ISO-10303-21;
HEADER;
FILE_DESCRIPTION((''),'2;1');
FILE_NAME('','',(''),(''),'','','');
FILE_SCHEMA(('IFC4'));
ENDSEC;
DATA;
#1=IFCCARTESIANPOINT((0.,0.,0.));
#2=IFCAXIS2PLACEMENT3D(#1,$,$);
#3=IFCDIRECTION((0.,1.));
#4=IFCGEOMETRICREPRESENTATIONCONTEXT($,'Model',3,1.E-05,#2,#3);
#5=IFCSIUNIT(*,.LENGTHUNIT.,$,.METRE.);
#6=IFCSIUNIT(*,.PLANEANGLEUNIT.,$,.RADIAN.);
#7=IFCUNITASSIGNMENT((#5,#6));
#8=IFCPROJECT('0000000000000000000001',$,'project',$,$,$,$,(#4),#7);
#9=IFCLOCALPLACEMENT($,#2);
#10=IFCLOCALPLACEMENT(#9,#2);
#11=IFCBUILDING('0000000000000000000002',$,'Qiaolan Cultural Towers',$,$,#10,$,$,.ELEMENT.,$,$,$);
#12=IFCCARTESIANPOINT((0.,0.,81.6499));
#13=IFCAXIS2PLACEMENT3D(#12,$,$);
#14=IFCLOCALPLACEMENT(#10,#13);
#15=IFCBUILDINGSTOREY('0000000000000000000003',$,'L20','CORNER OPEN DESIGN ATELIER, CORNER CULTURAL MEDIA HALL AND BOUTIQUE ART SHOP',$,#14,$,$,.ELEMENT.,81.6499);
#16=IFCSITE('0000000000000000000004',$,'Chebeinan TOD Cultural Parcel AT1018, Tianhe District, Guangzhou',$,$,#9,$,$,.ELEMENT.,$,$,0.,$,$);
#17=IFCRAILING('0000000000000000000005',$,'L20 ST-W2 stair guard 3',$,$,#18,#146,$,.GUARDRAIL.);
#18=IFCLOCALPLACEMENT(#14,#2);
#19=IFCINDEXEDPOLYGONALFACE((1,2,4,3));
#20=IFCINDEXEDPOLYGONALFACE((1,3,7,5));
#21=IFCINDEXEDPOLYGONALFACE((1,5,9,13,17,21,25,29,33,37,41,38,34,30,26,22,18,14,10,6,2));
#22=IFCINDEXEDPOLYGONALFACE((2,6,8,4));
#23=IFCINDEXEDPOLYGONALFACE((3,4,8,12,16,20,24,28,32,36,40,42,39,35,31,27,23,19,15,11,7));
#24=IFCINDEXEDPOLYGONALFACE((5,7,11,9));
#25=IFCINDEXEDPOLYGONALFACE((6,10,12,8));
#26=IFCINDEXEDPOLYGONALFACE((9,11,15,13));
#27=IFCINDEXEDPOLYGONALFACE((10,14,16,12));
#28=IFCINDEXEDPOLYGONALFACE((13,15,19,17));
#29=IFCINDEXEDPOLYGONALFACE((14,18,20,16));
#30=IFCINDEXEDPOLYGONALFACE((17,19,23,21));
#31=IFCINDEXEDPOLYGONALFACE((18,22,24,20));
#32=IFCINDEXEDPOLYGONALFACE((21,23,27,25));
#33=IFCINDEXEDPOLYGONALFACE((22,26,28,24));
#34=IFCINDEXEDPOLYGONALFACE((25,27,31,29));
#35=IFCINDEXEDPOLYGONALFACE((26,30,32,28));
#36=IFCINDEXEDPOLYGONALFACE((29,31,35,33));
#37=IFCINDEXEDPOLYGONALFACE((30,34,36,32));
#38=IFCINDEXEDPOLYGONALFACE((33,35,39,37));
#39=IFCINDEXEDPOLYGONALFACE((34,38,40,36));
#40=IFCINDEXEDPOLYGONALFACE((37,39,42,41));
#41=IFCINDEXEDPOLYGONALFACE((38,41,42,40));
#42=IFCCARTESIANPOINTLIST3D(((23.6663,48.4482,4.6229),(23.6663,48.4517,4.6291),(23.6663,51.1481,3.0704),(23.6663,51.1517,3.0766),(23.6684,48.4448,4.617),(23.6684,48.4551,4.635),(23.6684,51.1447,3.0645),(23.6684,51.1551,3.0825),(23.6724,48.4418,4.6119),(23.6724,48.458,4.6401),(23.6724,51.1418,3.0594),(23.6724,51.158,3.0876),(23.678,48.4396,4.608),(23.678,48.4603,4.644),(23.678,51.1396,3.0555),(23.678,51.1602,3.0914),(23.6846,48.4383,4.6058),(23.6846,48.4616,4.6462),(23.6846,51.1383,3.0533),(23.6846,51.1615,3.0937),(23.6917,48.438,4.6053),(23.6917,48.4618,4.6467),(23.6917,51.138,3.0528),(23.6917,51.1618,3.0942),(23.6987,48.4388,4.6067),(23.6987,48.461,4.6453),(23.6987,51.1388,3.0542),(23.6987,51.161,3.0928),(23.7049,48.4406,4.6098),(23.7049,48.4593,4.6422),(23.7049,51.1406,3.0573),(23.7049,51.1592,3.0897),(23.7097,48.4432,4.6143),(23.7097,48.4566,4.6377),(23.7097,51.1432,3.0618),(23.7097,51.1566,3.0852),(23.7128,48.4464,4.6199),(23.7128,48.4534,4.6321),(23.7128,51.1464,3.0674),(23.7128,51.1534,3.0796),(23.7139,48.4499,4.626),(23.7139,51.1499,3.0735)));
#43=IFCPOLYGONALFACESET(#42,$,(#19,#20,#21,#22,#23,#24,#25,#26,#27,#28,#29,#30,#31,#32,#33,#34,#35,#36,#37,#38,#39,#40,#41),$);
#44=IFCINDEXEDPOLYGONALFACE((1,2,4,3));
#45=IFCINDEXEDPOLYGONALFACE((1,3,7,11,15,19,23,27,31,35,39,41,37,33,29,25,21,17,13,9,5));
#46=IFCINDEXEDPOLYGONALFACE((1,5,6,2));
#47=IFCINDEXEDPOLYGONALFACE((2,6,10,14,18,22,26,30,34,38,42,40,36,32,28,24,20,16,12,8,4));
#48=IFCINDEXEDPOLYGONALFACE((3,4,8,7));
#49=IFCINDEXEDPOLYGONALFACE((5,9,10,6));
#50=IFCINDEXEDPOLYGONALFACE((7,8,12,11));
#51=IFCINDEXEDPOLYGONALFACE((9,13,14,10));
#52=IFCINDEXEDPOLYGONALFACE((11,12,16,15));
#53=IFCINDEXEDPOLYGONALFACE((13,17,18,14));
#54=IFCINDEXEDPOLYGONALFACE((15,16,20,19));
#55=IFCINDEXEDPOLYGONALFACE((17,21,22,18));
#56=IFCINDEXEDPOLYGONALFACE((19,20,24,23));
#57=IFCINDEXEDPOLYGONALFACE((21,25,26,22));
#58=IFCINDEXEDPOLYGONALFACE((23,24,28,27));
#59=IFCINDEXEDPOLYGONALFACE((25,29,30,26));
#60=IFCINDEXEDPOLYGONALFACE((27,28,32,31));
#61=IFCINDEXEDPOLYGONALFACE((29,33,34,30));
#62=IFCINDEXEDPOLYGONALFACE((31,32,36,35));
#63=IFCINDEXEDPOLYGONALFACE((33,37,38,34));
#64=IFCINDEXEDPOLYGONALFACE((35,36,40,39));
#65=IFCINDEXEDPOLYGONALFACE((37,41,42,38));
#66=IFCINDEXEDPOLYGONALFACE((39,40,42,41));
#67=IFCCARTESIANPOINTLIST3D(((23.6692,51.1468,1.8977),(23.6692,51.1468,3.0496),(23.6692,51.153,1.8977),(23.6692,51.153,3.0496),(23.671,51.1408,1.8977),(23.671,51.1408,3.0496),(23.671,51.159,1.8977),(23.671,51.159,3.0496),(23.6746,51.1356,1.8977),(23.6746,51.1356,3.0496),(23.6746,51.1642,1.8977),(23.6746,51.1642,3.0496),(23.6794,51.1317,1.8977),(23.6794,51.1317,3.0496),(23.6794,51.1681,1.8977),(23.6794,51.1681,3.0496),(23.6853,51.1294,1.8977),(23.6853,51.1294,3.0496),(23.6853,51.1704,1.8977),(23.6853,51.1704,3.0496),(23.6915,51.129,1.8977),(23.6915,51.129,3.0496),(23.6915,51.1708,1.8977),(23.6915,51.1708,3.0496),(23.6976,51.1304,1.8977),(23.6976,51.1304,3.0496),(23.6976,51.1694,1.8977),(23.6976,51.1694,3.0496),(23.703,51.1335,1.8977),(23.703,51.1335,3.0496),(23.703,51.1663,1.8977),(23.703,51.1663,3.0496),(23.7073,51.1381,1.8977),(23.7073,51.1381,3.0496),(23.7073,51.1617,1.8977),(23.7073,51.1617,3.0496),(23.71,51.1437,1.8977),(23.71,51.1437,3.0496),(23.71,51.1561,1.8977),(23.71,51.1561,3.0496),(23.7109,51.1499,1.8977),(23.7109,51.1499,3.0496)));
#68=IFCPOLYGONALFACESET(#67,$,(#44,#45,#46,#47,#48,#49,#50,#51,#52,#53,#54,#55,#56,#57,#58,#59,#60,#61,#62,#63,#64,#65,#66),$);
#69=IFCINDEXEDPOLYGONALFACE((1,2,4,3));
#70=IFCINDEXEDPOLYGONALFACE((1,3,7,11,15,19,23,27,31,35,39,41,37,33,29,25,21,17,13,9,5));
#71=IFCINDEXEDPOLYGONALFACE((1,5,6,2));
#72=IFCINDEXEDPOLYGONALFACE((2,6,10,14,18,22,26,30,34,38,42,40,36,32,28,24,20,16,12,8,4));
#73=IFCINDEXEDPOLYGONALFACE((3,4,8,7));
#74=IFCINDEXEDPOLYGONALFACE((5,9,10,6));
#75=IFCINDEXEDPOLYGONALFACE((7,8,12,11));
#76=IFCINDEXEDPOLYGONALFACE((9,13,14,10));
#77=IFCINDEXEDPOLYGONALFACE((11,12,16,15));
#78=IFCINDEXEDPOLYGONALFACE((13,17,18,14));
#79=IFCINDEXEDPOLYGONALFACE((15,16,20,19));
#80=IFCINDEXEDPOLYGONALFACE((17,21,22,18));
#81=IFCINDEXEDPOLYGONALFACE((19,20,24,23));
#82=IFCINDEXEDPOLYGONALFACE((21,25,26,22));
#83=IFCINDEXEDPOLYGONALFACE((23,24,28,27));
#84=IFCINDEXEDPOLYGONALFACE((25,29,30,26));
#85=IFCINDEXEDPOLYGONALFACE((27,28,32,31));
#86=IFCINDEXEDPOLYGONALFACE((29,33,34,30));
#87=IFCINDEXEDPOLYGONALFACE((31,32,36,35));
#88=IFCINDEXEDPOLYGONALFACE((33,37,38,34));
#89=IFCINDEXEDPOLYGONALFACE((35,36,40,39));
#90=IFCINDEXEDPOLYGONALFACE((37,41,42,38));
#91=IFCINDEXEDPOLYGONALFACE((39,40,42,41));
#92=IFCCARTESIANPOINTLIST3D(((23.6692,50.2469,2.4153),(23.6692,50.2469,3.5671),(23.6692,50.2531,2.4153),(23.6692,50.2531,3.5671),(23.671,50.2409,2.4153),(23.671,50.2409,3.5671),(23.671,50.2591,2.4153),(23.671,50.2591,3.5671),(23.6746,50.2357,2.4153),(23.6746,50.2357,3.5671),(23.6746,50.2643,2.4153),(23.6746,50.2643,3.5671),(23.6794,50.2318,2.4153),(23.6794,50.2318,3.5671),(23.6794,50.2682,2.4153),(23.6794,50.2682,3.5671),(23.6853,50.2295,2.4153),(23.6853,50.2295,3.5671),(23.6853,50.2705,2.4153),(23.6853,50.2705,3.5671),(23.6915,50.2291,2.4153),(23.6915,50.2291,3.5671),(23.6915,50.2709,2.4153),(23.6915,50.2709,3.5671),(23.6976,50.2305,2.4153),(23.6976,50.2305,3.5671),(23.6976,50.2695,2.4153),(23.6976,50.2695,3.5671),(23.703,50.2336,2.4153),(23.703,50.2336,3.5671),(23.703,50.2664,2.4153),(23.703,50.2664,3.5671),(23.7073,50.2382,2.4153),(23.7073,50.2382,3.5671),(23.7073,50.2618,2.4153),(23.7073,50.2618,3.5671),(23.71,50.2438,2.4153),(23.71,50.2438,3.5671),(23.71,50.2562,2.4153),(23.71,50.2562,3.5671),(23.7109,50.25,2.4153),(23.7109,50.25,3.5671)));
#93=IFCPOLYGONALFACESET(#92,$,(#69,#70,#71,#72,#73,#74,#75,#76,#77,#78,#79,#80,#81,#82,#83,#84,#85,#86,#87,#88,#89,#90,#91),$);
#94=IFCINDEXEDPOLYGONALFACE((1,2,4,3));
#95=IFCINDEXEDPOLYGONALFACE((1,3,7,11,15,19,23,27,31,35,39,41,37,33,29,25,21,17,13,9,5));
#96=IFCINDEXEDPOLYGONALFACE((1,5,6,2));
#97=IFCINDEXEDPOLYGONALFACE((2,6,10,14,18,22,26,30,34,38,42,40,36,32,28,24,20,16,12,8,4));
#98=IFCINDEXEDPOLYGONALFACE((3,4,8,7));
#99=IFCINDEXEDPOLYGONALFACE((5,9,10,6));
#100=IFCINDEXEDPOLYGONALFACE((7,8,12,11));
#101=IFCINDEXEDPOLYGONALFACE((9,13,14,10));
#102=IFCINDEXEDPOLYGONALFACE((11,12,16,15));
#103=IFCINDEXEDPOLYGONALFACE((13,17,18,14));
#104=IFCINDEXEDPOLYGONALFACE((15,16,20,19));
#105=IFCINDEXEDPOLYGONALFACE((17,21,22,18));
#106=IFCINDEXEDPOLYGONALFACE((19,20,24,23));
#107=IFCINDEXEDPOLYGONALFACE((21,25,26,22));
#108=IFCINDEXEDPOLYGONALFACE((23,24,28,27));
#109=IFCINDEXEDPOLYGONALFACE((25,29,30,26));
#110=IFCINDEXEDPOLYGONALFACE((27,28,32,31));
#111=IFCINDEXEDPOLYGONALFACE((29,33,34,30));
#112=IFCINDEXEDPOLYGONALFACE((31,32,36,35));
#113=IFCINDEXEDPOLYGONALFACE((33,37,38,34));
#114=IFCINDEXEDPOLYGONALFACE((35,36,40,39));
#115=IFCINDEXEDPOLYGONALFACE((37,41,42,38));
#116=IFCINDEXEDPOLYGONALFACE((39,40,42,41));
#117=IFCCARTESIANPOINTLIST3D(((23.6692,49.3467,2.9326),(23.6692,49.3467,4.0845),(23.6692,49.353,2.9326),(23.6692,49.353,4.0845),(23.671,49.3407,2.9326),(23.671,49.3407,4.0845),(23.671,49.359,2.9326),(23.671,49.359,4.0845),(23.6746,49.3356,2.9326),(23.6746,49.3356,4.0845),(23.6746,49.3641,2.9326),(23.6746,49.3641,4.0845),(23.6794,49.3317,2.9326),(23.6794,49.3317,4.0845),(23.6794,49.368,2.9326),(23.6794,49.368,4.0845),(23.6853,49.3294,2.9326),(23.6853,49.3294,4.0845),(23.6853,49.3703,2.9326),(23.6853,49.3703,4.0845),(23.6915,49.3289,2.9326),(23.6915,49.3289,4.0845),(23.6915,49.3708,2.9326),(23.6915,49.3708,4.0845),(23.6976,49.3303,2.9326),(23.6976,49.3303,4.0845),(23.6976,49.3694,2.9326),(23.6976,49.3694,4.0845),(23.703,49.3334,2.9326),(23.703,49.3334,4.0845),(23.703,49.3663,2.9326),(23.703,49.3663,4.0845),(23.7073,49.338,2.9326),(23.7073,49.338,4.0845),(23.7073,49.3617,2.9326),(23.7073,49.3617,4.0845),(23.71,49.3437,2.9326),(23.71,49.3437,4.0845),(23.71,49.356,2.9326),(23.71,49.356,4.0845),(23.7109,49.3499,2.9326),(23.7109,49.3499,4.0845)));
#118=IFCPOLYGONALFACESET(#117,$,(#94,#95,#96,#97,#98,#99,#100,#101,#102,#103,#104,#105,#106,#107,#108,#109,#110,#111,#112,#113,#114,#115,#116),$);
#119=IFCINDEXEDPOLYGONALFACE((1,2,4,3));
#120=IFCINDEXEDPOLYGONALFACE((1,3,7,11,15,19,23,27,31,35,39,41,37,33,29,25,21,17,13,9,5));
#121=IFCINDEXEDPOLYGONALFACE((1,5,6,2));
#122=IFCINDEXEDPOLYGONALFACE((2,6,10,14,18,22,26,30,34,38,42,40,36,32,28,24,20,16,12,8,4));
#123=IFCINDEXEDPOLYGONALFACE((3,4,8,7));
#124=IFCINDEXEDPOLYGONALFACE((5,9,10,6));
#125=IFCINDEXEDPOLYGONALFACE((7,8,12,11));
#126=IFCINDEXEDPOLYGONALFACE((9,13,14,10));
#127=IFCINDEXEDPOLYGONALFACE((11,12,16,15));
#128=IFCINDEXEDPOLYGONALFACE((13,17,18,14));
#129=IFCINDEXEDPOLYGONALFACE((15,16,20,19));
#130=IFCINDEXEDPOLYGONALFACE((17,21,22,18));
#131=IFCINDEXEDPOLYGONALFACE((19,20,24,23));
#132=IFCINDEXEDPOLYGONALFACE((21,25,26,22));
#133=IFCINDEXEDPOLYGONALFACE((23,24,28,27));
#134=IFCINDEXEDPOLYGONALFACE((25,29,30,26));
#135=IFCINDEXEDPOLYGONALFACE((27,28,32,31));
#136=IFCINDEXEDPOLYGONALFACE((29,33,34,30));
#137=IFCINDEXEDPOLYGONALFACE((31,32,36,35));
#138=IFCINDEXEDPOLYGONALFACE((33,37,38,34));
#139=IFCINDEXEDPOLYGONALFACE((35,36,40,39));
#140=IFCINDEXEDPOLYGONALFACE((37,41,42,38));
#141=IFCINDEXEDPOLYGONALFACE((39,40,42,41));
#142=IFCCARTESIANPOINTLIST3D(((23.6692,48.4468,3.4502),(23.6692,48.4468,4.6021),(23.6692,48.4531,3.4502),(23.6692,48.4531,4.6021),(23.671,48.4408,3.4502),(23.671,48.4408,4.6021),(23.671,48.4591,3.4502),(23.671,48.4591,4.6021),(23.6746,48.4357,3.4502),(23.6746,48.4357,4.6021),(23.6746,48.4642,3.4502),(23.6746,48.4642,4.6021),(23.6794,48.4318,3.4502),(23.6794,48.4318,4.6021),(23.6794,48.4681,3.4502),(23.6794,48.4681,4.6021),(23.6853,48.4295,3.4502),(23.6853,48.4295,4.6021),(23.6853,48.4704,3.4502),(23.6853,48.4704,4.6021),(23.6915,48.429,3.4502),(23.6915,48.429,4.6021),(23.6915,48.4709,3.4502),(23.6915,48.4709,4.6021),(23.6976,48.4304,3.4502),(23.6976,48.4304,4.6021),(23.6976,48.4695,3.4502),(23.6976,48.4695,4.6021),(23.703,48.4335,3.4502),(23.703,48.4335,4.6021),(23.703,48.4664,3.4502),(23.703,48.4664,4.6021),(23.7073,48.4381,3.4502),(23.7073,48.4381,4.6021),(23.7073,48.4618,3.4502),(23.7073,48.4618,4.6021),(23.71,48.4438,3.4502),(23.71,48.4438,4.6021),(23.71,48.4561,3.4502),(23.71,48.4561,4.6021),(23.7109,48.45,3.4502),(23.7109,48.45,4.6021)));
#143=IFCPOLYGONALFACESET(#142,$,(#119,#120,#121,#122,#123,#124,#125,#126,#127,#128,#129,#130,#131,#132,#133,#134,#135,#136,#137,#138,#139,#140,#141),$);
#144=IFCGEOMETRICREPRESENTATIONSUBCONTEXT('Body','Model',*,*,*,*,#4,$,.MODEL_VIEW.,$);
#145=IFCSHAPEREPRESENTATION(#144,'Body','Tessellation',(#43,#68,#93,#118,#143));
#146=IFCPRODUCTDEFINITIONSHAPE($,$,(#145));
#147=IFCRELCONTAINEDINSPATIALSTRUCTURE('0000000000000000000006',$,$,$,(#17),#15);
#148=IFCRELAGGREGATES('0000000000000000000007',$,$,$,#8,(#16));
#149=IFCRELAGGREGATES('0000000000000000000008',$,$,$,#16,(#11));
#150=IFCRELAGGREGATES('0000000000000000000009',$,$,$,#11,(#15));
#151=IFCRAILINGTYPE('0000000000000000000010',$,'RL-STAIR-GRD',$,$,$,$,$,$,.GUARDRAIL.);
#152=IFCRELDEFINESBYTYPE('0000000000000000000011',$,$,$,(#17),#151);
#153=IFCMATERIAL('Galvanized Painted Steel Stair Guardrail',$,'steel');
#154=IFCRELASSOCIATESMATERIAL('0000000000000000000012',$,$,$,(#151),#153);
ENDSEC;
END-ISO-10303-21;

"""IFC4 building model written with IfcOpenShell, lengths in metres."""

from ifc_helpers import new_model, si_unit, direction, frame, origin, origin_2d, place, context, subcontext, project, spatial, circle, extrude, material, type_object, element, save


model = new_model("IFC4")

# Units and contexts
model_context = context("Model", 3, precision=1e-05, world=origin(), true_north=direction((0.0, 1.0)))
body_context = subcontext(model_context, "Body", "Model", "MODEL_VIEW")
ifc_project = project(units=[si_unit("LENGTHUNIT", "METRE"), si_unit("PLANEANGLEUNIT", "RADIAN")], contexts=[model_context])

# Site, building, storey
site_placement = place(None, origin())
site = spatial("IfcSite", under=ifc_project, at=site_placement, Name="Chebeinan TOD Cultural Parcel AT1018, Tianhe District, Guangzhou", CompositionType="ELEMENT", RefElevation=0.0)
building_placement = place(site_placement, origin())
building = spatial("IfcBuilding", under=site, at=building_placement, Name="Qiaolan Cultural Towers", CompositionType="ELEMENT")
storey_placement = place(building_placement, frame((0.0, 0.0, 81.6499)))
storey = spatial("IfcBuildingStorey", under=building, at=storey_placement, Name="L20", Description="CORNER OPEN DESIGN ATELIER, CORNER CULTURAL MEDIA HALL AND BOUTIQUE ART SHOP", CompositionType="ELEMENT", Elevation=81.6499)

# Railing
ifc_material_1 = material(Name="Galvanized Painted Steel Stair Guardrail", Category="steel")
railing_type_1 = type_object("IfcRailingType", Name="RL-STAIR-GRD", PredefinedType="GUARDRAIL", material=ifc_material_1)
railing_1_placement = place(storey_placement, frame((23.6899, 51.1499, 1.8977)))
element("IfcRailing", 1, at=railing_1_placement, inside=storey, type_object=railing_type_1, Name="L20 ST-W2 stair guard 3", PredefinedType="GUARDRAIL", context=body_context, shape_type="SweptSolid", body=[
    extrude(circle(Radius=0.0239, at=origin_2d()), frame((0.0, 0.0, 1.1758), z_axis=(0.0, -0.866904, 0.498476), x_axis=(1.0, 0.0, 0.0)), (0.0, 0.0, 1.0), 3.1145),
    extrude(circle(Radius=0.021, at=origin_2d()), origin(), (0.0, 0.0, 1.0), 1.1519),
    extrude(circle(Radius=0.021, at=origin_2d()), frame((0.0, -0.8999, 0.5176)), (0.0, 0.0, 1.0), 1.1519),
    extrude(circle(Radius=0.021, at=origin_2d()), frame((0.0, -1.8, 1.0349)), (0.0, 0.0, 1.0), 1.1519),
    extrude(circle(Radius=0.021, at=origin_2d()), frame((0.0, -2.7, 1.5525)), (0.0, 0.0, 1.0), 1.1519),
])

save(model, "model.ifc")
